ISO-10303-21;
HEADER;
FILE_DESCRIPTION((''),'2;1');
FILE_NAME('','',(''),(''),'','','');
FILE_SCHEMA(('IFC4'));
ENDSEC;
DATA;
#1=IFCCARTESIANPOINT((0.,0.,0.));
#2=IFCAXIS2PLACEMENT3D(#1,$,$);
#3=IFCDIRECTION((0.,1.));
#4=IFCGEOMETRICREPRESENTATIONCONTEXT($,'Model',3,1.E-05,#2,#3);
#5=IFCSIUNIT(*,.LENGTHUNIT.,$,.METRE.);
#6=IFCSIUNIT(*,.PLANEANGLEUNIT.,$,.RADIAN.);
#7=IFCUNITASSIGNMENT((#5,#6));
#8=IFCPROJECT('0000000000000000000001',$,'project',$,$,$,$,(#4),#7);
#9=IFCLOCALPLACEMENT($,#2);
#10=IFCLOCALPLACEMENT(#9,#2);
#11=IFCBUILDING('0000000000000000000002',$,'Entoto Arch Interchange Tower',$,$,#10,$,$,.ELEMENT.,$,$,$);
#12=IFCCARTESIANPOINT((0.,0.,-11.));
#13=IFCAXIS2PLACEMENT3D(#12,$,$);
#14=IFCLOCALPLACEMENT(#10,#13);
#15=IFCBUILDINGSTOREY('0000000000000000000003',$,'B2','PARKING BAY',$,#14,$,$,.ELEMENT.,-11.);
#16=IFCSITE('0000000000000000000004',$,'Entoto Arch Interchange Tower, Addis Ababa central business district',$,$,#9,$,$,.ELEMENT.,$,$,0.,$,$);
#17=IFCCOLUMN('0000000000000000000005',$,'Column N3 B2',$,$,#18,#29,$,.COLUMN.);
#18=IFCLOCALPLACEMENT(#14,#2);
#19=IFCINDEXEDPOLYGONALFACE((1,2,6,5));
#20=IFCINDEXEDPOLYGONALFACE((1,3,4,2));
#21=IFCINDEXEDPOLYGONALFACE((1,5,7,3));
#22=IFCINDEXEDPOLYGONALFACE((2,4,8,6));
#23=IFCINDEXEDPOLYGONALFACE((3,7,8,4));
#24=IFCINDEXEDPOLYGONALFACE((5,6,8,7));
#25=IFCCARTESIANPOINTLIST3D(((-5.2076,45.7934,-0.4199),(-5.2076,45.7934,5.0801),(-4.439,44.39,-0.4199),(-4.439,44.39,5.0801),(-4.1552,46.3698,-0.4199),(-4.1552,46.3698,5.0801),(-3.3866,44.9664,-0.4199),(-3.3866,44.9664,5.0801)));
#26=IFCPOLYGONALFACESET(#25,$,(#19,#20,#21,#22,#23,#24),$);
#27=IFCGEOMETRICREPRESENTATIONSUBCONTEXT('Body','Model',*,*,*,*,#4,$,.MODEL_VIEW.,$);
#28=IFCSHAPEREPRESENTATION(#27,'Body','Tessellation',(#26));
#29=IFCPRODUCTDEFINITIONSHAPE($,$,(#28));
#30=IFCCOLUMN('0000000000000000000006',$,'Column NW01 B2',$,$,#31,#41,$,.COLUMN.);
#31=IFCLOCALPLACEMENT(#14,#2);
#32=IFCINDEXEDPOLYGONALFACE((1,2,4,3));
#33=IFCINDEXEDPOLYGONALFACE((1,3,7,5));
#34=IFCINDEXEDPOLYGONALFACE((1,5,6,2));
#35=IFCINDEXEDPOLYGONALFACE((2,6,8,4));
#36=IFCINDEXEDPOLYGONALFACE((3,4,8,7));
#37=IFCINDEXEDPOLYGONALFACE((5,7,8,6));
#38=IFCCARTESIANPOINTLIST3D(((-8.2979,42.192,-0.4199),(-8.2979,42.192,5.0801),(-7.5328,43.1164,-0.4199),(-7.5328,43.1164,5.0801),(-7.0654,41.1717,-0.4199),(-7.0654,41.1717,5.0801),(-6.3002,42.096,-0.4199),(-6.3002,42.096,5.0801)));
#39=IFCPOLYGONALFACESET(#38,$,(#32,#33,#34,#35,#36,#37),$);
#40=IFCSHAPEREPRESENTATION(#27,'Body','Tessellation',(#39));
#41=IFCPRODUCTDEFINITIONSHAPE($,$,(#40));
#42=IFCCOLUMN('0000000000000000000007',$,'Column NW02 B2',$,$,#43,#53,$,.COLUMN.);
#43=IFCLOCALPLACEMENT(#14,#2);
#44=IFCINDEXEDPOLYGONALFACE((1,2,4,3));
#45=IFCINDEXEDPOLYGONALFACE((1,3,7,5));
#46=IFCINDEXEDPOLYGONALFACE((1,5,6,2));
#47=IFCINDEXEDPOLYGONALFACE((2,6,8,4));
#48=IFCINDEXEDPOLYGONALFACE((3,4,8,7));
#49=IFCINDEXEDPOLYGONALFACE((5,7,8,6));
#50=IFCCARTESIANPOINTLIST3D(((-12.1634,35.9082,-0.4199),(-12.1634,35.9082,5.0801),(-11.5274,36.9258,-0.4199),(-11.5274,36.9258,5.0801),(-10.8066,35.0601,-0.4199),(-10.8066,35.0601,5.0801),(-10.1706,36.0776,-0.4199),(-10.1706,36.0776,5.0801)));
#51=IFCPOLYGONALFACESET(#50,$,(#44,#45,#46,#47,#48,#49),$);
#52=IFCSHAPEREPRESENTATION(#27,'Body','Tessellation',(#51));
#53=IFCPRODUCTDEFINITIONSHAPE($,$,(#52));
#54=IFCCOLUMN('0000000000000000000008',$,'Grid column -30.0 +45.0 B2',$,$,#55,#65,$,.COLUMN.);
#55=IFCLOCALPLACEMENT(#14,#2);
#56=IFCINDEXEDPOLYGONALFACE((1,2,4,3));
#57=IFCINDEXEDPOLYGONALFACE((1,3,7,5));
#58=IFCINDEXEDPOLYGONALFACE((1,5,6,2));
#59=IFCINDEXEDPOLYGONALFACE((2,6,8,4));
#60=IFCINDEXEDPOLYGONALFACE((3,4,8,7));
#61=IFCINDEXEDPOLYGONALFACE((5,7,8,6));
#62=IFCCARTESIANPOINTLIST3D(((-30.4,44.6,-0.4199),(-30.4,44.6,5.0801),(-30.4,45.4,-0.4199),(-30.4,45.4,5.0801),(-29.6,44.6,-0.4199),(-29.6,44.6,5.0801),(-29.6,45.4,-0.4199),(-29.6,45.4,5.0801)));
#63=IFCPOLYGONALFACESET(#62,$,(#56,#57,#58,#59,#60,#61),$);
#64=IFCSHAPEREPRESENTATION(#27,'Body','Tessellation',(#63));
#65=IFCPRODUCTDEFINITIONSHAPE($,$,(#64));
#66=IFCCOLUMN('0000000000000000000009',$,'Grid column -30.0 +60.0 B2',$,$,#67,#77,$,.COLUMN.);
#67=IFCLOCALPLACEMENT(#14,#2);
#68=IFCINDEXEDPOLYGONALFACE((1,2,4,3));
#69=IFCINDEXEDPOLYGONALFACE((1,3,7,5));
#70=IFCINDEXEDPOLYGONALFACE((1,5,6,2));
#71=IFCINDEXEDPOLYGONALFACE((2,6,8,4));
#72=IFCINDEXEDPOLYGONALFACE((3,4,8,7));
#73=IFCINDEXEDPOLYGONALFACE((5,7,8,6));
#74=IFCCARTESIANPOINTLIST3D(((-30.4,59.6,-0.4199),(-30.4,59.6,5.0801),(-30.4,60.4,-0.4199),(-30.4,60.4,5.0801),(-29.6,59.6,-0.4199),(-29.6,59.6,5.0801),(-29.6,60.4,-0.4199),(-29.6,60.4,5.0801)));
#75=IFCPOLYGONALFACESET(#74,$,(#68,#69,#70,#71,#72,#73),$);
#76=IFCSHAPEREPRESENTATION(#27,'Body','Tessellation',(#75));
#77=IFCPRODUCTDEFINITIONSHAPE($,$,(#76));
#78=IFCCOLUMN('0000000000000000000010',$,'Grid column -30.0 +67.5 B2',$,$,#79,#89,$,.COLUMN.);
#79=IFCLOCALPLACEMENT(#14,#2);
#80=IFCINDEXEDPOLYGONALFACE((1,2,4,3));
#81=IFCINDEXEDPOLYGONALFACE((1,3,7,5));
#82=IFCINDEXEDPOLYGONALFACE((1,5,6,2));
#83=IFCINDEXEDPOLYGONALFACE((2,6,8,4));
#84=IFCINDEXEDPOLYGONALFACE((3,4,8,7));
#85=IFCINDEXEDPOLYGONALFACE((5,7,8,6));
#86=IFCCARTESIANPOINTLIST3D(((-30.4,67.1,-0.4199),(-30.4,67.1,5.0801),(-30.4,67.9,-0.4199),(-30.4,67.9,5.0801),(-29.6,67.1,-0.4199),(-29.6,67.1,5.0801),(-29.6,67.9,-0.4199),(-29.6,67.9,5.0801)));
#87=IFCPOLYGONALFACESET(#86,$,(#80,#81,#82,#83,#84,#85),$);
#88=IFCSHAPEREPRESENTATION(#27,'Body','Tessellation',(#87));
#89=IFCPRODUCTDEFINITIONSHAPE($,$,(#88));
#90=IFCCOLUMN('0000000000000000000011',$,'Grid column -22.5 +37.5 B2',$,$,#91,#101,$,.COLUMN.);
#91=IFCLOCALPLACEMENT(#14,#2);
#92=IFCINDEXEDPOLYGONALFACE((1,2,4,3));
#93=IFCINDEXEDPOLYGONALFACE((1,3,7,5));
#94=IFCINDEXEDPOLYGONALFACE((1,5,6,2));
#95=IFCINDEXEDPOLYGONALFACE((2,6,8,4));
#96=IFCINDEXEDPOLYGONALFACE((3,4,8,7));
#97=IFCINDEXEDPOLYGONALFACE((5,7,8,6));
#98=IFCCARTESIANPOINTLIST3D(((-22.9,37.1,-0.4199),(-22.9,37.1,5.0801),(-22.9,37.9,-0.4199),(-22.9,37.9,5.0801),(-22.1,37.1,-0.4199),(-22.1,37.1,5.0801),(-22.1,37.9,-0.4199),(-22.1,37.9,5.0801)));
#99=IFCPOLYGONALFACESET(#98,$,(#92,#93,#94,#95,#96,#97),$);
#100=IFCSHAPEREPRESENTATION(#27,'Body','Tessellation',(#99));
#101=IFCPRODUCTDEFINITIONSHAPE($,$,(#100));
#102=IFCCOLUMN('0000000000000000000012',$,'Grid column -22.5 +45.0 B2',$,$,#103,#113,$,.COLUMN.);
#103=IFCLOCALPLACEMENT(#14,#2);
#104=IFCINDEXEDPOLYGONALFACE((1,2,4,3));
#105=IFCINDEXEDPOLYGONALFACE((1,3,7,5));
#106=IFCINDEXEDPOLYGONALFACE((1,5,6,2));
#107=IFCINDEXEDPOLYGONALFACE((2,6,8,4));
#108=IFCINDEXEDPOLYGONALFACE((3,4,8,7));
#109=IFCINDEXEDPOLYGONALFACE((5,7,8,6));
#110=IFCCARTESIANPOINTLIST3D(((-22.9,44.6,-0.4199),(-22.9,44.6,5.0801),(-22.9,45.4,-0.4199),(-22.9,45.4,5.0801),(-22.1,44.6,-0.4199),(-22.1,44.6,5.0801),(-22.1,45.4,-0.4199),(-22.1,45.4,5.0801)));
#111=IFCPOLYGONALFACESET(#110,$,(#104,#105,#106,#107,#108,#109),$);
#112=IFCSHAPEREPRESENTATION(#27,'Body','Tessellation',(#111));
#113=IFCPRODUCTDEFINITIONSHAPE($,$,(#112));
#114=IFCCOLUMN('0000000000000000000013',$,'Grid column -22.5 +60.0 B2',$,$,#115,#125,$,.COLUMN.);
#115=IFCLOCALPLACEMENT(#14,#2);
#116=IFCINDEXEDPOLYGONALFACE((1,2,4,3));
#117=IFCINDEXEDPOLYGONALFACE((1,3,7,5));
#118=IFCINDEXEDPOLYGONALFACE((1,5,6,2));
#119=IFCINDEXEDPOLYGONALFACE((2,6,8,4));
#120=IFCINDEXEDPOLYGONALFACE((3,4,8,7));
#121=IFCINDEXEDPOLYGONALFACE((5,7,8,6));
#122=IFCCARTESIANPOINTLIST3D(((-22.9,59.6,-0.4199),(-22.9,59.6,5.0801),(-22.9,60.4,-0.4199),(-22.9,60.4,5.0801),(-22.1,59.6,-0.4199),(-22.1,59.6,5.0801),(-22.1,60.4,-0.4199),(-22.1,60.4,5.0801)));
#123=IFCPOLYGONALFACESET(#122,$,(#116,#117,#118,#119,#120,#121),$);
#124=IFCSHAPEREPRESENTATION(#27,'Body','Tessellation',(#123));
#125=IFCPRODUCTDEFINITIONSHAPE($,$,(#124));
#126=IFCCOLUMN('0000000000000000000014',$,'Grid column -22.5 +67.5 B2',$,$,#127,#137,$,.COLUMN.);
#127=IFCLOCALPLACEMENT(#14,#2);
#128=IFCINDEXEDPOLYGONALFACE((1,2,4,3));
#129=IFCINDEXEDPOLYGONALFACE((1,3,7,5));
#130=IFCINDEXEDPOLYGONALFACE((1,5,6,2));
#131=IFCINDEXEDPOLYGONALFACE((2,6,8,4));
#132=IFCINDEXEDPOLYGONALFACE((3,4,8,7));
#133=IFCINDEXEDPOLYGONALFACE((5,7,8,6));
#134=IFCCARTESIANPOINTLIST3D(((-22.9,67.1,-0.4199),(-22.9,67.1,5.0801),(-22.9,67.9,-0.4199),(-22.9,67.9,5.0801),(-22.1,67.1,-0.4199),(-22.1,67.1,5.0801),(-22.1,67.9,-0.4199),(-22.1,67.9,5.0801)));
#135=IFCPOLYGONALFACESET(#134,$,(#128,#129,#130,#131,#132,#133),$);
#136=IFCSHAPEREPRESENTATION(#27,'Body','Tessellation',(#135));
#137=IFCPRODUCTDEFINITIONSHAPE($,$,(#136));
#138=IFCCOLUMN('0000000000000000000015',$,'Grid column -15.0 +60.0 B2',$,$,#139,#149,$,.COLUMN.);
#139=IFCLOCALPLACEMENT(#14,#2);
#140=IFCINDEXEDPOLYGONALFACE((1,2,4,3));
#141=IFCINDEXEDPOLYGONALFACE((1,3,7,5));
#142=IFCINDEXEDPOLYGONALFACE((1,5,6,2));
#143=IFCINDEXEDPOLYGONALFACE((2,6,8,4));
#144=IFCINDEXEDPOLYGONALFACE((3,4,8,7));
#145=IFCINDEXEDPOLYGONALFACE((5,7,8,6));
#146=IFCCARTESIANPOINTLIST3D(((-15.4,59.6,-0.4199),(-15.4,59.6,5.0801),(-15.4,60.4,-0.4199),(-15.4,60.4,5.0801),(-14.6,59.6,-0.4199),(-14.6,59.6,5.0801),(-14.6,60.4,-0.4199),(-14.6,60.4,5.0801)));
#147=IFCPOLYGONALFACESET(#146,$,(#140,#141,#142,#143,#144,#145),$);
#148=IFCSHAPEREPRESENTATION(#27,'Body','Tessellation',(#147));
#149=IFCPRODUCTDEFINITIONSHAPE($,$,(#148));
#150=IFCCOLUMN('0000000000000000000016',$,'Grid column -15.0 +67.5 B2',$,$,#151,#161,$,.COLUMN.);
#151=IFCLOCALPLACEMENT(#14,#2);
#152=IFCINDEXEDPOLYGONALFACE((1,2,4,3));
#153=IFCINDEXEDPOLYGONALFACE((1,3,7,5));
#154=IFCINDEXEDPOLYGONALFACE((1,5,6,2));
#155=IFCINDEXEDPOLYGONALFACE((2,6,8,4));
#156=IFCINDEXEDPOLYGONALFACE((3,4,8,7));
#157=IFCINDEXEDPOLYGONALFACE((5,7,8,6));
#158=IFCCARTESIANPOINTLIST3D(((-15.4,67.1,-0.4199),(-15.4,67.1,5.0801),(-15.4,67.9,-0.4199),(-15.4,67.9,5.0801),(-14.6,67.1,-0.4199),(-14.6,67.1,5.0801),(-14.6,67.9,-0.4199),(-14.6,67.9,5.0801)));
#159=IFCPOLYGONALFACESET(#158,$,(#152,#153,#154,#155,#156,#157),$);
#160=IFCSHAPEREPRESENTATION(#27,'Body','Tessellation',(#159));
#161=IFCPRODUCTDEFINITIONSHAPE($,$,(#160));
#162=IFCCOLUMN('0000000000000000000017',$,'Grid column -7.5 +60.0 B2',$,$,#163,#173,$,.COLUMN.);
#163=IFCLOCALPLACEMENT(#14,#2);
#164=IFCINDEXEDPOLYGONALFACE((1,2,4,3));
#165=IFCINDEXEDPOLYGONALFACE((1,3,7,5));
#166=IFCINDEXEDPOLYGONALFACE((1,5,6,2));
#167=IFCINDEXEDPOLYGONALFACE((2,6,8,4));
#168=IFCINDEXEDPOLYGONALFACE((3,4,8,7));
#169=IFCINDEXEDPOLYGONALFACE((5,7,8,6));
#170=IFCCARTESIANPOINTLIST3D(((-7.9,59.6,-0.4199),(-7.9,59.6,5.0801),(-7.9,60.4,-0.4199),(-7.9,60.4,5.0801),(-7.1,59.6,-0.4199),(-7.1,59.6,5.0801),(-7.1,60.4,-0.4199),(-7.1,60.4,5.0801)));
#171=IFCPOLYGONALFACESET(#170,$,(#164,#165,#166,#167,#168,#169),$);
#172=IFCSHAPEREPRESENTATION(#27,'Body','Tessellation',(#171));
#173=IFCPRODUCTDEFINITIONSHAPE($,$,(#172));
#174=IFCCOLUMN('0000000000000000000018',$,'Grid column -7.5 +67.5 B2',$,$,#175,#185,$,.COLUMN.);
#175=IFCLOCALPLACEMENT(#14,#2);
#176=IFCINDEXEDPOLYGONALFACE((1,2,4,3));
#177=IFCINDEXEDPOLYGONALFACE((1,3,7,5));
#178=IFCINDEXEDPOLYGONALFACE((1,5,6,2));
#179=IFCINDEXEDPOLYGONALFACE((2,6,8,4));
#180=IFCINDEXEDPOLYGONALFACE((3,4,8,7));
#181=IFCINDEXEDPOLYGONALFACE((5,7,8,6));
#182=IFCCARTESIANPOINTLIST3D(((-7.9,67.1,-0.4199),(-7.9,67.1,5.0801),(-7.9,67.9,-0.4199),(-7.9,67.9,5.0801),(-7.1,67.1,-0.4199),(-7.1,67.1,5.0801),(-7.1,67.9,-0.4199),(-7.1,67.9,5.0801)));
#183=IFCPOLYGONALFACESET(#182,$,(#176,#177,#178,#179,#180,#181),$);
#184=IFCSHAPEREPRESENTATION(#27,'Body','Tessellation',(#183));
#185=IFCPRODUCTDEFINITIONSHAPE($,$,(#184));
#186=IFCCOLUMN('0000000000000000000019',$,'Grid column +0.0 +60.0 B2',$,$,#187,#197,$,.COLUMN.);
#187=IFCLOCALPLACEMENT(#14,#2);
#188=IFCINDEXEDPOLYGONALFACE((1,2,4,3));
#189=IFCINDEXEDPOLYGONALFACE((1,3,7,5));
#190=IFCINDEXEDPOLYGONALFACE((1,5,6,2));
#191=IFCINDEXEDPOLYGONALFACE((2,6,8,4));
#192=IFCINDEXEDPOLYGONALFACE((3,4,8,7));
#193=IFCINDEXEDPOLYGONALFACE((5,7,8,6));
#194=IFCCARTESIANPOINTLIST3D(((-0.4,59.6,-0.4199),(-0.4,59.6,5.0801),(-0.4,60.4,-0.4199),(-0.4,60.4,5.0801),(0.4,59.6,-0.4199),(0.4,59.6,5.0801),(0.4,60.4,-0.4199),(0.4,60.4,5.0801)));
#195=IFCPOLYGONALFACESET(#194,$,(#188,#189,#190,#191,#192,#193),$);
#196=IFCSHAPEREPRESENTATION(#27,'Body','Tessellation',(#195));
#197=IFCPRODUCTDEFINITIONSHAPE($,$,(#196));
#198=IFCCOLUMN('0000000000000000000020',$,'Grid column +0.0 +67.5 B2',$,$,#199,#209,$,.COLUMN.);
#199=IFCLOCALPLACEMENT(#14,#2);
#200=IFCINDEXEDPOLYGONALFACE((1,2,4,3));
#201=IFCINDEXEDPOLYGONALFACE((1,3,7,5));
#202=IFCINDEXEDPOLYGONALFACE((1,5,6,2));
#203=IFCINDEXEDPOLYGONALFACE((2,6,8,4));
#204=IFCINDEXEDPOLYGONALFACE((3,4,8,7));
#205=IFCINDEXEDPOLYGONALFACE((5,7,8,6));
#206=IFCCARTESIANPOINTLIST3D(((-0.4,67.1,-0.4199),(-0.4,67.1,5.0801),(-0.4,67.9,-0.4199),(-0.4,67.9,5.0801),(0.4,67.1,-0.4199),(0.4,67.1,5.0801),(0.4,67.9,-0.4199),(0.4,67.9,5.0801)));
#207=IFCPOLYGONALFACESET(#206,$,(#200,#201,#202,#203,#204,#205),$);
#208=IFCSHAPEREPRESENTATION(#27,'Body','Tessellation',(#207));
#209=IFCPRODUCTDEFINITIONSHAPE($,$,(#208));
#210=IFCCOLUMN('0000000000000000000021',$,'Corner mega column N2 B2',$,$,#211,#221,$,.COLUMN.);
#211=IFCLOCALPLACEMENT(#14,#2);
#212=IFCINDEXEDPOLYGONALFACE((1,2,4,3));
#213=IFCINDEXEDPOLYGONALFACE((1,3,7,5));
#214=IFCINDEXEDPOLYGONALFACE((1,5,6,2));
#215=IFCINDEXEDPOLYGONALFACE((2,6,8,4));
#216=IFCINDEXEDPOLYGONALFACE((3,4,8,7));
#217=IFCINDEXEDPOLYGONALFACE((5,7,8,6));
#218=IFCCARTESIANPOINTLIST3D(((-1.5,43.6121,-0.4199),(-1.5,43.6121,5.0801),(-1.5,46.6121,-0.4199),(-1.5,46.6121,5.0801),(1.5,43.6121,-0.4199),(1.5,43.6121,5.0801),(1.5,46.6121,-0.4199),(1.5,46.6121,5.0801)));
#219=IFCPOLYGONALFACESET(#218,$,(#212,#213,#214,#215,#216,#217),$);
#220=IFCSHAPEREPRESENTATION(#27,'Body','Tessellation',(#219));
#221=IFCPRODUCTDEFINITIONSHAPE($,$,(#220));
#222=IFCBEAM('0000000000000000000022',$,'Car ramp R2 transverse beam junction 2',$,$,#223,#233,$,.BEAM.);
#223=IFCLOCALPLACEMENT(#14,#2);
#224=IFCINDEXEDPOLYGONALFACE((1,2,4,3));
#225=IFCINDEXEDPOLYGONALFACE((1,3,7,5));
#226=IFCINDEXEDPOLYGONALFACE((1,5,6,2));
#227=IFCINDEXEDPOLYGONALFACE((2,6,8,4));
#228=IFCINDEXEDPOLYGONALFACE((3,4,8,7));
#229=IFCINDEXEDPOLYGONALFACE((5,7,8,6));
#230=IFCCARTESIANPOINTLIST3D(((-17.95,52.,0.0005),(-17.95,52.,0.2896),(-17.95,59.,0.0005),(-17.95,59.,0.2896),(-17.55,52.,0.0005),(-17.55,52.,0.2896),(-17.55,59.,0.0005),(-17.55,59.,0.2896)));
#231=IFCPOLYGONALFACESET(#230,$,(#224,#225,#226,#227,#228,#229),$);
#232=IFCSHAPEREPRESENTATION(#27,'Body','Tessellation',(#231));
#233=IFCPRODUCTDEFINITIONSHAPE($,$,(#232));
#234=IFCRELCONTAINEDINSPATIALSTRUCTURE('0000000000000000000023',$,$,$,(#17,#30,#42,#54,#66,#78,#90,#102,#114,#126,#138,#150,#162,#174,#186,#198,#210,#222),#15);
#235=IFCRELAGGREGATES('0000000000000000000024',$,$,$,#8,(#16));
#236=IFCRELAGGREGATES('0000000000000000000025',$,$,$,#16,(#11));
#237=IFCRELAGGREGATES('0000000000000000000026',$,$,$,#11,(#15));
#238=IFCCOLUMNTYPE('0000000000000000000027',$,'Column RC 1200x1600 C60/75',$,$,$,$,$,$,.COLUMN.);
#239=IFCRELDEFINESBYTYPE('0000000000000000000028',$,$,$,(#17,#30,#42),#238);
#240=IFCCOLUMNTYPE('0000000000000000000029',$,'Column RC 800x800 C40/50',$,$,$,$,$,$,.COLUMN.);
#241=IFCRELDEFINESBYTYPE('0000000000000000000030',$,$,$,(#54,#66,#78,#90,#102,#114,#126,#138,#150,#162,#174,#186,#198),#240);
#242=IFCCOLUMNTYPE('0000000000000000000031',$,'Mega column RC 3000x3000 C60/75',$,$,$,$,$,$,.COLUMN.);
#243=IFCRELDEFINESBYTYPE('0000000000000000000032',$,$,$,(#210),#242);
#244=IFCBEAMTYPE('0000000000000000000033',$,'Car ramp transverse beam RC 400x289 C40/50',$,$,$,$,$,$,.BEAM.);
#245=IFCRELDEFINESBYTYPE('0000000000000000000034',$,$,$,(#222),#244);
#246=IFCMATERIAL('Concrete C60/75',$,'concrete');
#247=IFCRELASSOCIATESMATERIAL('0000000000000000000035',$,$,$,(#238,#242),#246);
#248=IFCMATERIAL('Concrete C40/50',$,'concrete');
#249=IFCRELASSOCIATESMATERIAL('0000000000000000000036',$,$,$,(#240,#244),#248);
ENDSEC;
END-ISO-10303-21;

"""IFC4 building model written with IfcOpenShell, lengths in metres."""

from ifc_helpers import new_model, si_unit, direction, frame, origin, origin_2d, place, context, subcontext, project, spatial, rectangle, extrude, material, material_profile, profile_set, type_object, element, save


model = new_model("IFC4")

# Units and contexts
model_context = context("Model", 3, precision=1e-05, world=origin(), true_north=direction((0.0, 1.0)))
body_context = subcontext(model_context, "Body", "Model", "MODEL_VIEW")
ifc_project = project(units=[si_unit("LENGTHUNIT", "METRE"), si_unit("PLANEANGLEUNIT", "RADIAN")], contexts=[model_context])

# Site, building, storey
site_placement = place(None, origin())
site = spatial("IfcSite", under=ifc_project, at=site_placement, Name="Entoto Arch Interchange Tower, Addis Ababa central business district", CompositionType="ELEMENT", RefElevation=0.0)
building_placement = place(site_placement, origin())
building = spatial("IfcBuilding", under=site, at=building_placement, Name="Entoto Arch Interchange Tower", CompositionType="ELEMENT")
storey_placement = place(building_placement, frame((0.0, 0.0, -11.0)))
storey = spatial("IfcBuildingStorey", under=building, at=storey_placement, Name="B2", Description="PARKING BAY", CompositionType="ELEMENT", Elevation=-11.0)

# Columns
ifc_material_1 = material(Name="Concrete C60/75", Category="concrete")
ifc_material_profile_1 = material_profile(ifc_material_1, rectangle(XDim=1.2, YDim=1.6001, at=origin_2d()))
ifc_profile_set_1 = profile_set([ifc_material_profile_1], Name="Concrete C60/75")
column_type_1 = type_object("IfcColumnType", Name="Column RC 1200x1600 C60/75", PredefinedType="COLUMN", material=ifc_profile_set_1)
for number, where, z_axis, x_axis, name in (
    (1, (-4.2971, 45.3799, -0.4199), (0.0, 0.0, 1.0), (0.877079, 0.480346, 0.0), "Column N3 B2"),
    (2, (-7.2991, 42.144, -0.4199), (0.0, 0.0, 1.0), (0.637666, 0.770313, 0.0), "Column NW01 B2"),
    (3, (-11.167, 35.9929, -0.4199), (0.0, 0.0, 1.0), (0.530067, 0.847956, 0.0), "Column NW02 B2"),
):
    element("IfcColumn", number, at=place(storey_placement, frame(where, z_axis=z_axis, x_axis=x_axis)), inside=storey, type_object=column_type_1, Name=name, PredefinedType="COLUMN", context=body_context, shape_type="SweptSolid", body=[
        extrude(rectangle(XDim=1.2, YDim=1.6001, at=origin_2d()), origin(), (0.0, 0.0, 1.0), 5.5),
    ])
ifc_material_2 = material(Name="Concrete C40/50", Category="concrete")
ifc_material_profile_2 = material_profile(ifc_material_2, rectangle(XDim=0.8, YDim=0.8, at=origin_2d()))
ifc_profile_set_2 = profile_set([ifc_material_profile_2], Name="Concrete C40/50")
column_type_2 = type_object("IfcColumnType", Name="Column RC 800x800 C40/50", PredefinedType="COLUMN", material=ifc_profile_set_2)
for number, where, z_axis, x_axis, name in (
    (4, (-30.0, 45.0, -0.4199), (0.0, 0.0, 1.0), (1.0, 0.0, 0.0), "Grid column -30.0 +45.0 B2"),
    (5, (-30.0, 60.0, -0.4199), (0.0, 0.0, 1.0), (1.0, 0.0, 0.0), "Grid column -30.0 +60.0 B2"),
    (6, (-30.0, 67.5, -0.4199), (0.0, 0.0, 1.0), (1.0, 0.0, 0.0), "Grid column -30.0 +67.5 B2"),
    (7, (-22.5, 37.5, -0.4199), (0.0, 0.0, 1.0), (1.0, 0.0, 0.0), "Grid column -22.5 +37.5 B2"),
    (8, (-22.5, 45.0, -0.4199), (0.0, 0.0, 1.0), (1.0, 0.0, 0.0), "Grid column -22.5 +45.0 B2"),
    (9, (-22.5, 60.0, -0.4199), (0.0, 0.0, 1.0), (1.0, 0.0, 0.0), "Grid column -22.5 +60.0 B2"),
    (10, (-22.5, 67.5, -0.4199), (0.0, 0.0, 1.0), (1.0, 0.0, 0.0), "Grid column -22.5 +67.5 B2"),
    (11, (-15.0, 60.0, -0.4199), (0.0, 0.0, 1.0), (1.0, 0.0, 0.0), "Grid column -15.0 +60.0 B2"),
    (12, (-15.0, 67.5, -0.4199), (0.0, 0.0, 1.0), (1.0, 0.0, 0.0), "Grid column -15.0 +67.5 B2"),
    (13, (-7.5, 60.0, -0.4199), (0.0, 0.0, 1.0), (1.0, 0.0, 0.0), "Grid column -7.5 +60.0 B2"),
    (14, (-7.5, 67.5, -0.4199), (0.0, 0.0, 1.0), (1.0, 0.0, 0.0), "Grid column -7.5 +67.5 B2"),
    (15, (0.0, 60.0, -0.4199), (0.0, 0.0, 1.0), (1.0, 0.0, 0.0), "Grid column +0.0 +60.0 B2"),
    (16, (0.0, 67.5, -0.4199), (0.0, 0.0, 1.0), (1.0, 0.0, 0.0), "Grid column +0.0 +67.5 B2"),
):
    element("IfcColumn", number, at=place(storey_placement, frame(where, z_axis=z_axis, x_axis=x_axis)), inside=storey, type_object=column_type_2, Name=name, PredefinedType="COLUMN", context=body_context, shape_type="SweptSolid", body=[
        extrude(rectangle(XDim=0.8, YDim=0.8, at=origin_2d()), origin(), (0.0, 0.0, 1.0), 5.5),
    ])
ifc_material_profile_3 = material_profile(ifc_material_1, rectangle(XDim=3.0, YDim=3.0, at=origin_2d()))
ifc_profile_set_3 = profile_set([ifc_material_profile_3], Name="Concrete C60/75")
column_type_3 = type_object("IfcColumnType", Name="Mega column RC 3000x3000 C60/75", PredefinedType="COLUMN", material=ifc_profile_set_3)
column_placement = place(storey_placement, frame((0.0, 45.1121, -0.4199), z_axis=(0.0, 0.0, 1.0), x_axis=(0.0, 1.0, 0.0)))
element("IfcColumn", 17, at=column_placement, inside=storey, type_object=column_type_3, Name="Corner mega column N2 B2", PredefinedType="COLUMN", context=body_context, shape_type="SweptSolid", body=[
    extrude(rectangle(XDim=3.0, YDim=3.0, at=origin_2d()), origin(), (0.0, 0.0, 1.0), 5.5),
])

# Beam
ifc_material_profile_4 = material_profile(ifc_material_2, rectangle(XDim=0.3999, YDim=0.2891, at=origin_2d()))
ifc_profile_set_4 = profile_set([ifc_material_profile_4], Name="Concrete C40/50")
beam_type = type_object("IfcBeamType", Name="Car ramp transverse beam RC 400x289 C40/50", PredefinedType="BEAM", material=ifc_profile_set_4)
beam_placement = place(storey_placement, frame((-17.75, 52.0, 0.145), z_axis=(0.0, 1.0, 0.0), x_axis=(-1.0, 0.0, 0.0)))
element("IfcBeam", 18, at=beam_placement, inside=storey, type_object=beam_type, Name="Car ramp R2 transverse beam junction 2", PredefinedType="BEAM", context=body_context, shape_type="SweptSolid", body=[
    extrude(rectangle(XDim=0.3999, YDim=0.2891, at=origin_2d()), origin(), (0.0, 0.0, 1.0), 7.0),
])

save(model, "model.ifc")
